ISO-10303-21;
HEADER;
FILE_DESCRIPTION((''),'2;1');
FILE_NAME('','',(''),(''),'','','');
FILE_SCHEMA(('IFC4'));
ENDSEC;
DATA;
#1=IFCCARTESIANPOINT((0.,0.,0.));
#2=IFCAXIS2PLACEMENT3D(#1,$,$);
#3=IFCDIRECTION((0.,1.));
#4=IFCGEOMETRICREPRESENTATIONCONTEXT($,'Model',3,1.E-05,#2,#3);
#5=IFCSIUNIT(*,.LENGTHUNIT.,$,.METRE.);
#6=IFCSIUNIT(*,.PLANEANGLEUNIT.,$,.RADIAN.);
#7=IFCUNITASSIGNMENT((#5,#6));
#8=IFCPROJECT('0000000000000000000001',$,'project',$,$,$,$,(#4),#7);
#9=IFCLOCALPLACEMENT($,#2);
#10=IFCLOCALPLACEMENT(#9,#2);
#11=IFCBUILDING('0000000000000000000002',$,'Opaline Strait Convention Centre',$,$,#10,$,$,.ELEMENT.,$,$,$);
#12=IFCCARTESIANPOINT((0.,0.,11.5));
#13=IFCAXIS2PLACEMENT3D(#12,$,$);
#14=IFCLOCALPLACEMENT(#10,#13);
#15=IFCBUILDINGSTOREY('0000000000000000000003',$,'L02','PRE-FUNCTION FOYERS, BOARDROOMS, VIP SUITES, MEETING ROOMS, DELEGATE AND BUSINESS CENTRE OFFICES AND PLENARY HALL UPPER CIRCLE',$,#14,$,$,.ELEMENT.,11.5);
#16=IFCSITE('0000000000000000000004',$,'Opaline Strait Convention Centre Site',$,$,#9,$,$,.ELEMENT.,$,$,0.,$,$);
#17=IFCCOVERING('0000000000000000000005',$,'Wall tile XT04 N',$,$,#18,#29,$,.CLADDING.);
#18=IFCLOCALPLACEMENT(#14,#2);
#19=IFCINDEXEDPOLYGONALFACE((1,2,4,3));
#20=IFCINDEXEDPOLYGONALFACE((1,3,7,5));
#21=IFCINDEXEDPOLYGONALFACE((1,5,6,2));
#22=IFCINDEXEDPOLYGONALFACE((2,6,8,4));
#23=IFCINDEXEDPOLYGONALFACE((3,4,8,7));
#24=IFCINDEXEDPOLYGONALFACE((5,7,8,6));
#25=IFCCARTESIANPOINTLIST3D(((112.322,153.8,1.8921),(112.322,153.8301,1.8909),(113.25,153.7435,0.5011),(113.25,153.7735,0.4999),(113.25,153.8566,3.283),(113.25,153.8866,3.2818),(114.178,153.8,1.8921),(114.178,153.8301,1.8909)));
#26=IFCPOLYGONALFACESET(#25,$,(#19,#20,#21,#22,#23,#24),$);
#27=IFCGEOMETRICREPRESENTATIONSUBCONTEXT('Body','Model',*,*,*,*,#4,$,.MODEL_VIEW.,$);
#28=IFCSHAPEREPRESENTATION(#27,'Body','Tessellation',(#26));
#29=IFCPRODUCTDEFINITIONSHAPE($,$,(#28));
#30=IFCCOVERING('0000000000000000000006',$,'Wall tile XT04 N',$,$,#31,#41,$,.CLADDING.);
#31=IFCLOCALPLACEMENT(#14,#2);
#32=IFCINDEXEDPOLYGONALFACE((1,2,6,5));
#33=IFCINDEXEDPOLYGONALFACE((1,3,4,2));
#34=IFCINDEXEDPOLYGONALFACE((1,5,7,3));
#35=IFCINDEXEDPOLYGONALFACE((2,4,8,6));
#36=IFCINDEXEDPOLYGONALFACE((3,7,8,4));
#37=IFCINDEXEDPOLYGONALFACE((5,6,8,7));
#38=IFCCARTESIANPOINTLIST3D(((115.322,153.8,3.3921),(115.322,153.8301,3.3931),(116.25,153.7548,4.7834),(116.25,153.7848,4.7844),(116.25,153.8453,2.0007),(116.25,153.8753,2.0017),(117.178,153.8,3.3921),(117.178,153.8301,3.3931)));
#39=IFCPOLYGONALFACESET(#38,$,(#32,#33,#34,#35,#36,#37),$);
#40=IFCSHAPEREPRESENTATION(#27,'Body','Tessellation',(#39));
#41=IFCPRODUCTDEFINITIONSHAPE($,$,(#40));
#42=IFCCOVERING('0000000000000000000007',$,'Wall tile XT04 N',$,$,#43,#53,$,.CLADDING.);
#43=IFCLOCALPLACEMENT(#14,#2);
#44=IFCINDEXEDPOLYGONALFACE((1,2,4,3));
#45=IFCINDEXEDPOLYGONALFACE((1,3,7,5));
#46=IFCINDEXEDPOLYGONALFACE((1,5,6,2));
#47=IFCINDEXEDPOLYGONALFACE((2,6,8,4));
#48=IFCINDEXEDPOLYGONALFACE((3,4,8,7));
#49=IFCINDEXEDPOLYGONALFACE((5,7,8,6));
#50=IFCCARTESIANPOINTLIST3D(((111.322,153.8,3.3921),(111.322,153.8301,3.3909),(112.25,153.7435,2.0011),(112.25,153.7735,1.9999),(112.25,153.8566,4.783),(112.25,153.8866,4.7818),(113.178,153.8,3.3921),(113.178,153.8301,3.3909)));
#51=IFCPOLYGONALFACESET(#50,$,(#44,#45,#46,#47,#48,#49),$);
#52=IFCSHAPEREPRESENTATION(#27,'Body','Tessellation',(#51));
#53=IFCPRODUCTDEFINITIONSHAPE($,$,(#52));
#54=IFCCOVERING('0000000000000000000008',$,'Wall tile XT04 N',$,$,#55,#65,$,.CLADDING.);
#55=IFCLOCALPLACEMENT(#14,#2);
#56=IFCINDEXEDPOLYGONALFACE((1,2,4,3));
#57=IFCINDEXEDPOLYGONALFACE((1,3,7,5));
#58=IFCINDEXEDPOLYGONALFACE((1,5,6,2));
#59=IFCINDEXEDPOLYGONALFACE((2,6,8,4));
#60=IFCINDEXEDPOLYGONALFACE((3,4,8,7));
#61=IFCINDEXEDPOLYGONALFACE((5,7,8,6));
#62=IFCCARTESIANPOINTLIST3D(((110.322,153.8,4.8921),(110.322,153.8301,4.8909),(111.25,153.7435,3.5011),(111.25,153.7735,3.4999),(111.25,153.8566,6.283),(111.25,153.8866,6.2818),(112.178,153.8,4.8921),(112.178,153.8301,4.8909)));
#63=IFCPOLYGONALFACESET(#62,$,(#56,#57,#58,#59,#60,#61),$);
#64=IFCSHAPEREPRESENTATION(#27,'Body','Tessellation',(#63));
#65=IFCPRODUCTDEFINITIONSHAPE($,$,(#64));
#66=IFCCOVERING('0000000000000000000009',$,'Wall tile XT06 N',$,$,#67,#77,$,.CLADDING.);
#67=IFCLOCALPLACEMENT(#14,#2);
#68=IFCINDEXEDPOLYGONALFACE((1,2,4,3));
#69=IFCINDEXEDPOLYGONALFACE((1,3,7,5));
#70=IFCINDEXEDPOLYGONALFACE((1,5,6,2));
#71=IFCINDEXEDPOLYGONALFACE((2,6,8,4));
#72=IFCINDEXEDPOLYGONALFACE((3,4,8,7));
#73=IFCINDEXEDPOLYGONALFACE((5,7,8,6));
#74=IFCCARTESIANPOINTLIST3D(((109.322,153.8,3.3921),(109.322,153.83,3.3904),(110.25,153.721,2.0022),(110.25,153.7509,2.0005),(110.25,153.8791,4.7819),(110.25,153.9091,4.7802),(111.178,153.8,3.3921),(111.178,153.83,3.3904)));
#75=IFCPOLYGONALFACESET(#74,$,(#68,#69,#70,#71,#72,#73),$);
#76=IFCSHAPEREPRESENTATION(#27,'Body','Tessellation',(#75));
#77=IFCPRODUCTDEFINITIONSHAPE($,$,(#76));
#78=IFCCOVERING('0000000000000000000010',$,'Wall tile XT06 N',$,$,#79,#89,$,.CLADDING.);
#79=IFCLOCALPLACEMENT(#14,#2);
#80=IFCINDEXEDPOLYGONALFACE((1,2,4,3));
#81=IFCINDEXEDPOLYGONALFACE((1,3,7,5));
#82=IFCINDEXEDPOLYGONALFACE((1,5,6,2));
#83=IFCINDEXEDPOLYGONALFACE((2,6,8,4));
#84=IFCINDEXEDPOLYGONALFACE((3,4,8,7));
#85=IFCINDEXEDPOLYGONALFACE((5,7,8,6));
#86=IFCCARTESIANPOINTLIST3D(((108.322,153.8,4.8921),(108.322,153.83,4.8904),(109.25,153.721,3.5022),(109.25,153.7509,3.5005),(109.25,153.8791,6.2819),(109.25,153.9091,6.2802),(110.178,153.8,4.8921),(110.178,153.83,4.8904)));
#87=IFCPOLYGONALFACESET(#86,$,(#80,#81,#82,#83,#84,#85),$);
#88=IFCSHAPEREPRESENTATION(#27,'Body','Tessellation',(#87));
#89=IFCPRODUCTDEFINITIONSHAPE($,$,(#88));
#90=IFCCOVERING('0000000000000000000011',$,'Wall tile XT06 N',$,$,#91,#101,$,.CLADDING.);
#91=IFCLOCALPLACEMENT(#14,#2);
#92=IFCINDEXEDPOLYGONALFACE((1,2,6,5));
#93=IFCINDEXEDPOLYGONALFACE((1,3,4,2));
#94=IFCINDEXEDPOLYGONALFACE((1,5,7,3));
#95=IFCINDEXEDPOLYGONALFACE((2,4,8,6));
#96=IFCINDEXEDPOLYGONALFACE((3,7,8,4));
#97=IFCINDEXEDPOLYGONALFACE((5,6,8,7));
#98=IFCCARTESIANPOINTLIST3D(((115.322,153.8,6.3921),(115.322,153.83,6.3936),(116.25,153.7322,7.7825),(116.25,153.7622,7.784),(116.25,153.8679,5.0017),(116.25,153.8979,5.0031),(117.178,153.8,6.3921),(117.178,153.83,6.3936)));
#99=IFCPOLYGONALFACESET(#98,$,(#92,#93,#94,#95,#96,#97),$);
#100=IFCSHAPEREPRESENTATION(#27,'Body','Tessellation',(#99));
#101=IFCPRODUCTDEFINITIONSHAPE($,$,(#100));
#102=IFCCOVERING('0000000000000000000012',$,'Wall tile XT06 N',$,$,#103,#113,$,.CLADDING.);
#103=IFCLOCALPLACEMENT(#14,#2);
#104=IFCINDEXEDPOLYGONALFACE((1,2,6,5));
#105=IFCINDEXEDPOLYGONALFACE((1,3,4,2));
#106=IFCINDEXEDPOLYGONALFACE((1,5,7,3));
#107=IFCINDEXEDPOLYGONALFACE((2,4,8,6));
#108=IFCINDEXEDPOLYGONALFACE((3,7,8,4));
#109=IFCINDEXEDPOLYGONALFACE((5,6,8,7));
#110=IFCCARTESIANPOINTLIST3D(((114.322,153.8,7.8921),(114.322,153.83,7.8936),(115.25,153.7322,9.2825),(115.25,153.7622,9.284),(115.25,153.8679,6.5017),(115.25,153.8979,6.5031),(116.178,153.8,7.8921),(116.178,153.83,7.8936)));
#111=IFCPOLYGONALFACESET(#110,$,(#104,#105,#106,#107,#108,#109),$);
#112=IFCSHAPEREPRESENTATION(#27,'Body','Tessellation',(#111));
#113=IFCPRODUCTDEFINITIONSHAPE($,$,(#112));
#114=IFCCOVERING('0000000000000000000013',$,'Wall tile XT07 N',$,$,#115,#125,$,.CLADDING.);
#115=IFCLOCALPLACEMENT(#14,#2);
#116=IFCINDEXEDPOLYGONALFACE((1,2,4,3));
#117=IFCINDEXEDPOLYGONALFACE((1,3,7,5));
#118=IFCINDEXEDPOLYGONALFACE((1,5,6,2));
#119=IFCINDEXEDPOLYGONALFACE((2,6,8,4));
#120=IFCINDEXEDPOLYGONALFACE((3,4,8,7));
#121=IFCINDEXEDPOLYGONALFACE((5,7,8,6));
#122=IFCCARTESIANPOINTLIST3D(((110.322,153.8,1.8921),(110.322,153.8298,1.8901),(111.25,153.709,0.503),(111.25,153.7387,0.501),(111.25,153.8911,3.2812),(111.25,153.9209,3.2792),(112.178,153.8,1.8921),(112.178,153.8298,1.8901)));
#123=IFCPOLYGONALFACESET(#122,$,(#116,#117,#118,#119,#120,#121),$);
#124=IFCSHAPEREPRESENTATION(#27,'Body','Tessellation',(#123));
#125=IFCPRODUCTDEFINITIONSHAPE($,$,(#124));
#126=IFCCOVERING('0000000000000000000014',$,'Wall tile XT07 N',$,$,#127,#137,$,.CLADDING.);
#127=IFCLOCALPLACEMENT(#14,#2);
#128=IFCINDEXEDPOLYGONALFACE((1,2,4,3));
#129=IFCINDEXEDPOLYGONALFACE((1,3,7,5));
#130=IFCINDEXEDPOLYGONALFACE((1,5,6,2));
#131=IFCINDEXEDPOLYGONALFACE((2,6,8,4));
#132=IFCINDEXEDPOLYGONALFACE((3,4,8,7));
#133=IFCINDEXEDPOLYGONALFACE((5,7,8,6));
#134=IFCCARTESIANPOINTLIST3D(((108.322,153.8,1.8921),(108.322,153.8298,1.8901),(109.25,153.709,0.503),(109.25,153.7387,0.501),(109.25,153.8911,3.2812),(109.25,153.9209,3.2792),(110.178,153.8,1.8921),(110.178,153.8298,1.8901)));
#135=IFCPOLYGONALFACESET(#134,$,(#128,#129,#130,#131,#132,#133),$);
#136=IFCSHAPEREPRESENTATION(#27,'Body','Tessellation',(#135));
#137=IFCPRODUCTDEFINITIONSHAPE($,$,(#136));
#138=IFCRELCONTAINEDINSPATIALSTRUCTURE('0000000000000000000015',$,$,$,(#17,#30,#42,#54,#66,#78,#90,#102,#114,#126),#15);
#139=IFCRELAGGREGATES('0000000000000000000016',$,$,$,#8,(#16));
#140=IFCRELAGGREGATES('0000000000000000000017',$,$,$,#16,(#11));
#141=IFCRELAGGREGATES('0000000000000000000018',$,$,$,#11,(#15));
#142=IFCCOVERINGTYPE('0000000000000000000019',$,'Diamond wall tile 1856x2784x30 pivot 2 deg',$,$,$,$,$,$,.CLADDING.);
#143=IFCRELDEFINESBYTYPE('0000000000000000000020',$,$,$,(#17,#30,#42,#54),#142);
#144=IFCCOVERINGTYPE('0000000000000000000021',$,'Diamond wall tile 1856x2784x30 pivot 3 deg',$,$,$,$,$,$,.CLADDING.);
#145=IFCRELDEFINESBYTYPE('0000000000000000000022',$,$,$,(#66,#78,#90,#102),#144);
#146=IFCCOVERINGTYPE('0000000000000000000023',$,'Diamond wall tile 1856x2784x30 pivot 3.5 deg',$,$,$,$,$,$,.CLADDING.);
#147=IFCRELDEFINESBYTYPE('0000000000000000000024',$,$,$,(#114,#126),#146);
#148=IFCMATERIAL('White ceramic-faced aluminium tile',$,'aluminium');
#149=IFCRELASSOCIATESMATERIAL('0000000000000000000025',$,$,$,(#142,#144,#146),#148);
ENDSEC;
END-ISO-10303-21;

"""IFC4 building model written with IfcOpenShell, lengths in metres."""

from ifc_helpers import new_model, si_unit, direction, frame, origin, place, context, subcontext, project, spatial, polyline, outline, extrude, material, material_profile, profile_set, type_object, element, save


model = new_model("IFC4")

# Units and contexts
model_context = context("Model", 3, precision=1e-05, world=origin(), true_north=direction((0.0, 1.0)))
body_context = subcontext(model_context, "Body", "Model", "MODEL_VIEW")
ifc_project = project(units=[si_unit("LENGTHUNIT", "METRE"), si_unit("PLANEANGLEUNIT", "RADIAN")], contexts=[model_context])

# Site, building, storey
site_placement = place(None, origin())
site = spatial("IfcSite", under=ifc_project, at=site_placement, Name="Opaline Strait Convention Centre Site", CompositionType="ELEMENT", RefElevation=0.0)
building_placement = place(site_placement, origin())
building = spatial("IfcBuilding", under=site, at=building_placement, Name="Opaline Strait Convention Centre", CompositionType="ELEMENT")
storey_placement = place(building_placement, frame((0.0, 0.0, 11.5)))
storey = spatial("IfcBuildingStorey", under=building, at=storey_placement, Name="L02", Description="PRE-FUNCTION FOYERS, BOARDROOMS, VIP SUITES, MEETING ROOMS, DELEGATE AND BUSINESS CENTRE OFFICES AND PLENARY HALL UPPER CIRCLE", CompositionType="ELEMENT", Elevation=11.5)

# Coverings
ifc_material_1 = material(Name="White ceramic-faced aluminium tile", Category="aluminium")
ifc_material_profile_1 = material_profile(ifc_material_1, outline(polyline([(0.928, 0.0), (0.0, 1.3921), (-0.928, 0.0), (0.0, -1.3921), (0.928, 0.0)])), Name="Diamond tile 1856x2784")
ifc_profile_set_1 = profile_set([ifc_material_profile_1], Name="White ceramic-faced aluminium tile")
covering_type_1 = type_object("IfcCoveringType", Name="Diamond wall tile 1856x2784x30 pivot 2 deg", PredefinedType="CLADDING", material=ifc_profile_set_1)
for number, where, z_axis, x_axis, name in (
    (1, (113.25, 153.8, 1.8921), (0.0, 0.999175, -0.040617), (-1.0, 0.0, 0.0), "Wall tile XT04 N"),
    (2, (116.25, 153.8, 3.3921), (0.0, 0.999472, 0.032503), (-1.0, 0.0, 0.0), "Wall tile XT04 N"),
    (3, (112.25, 153.8, 3.3921), (0.0, 0.999175, -0.040617), (-1.0, 0.0, 0.0), "Wall tile XT04 N"),
    (4, (111.25, 153.8, 4.8921), (0.0, 0.999175, -0.040617), (-1.0, 0.0, 0.0), "Wall tile XT04 N"),
):
    element("IfcCovering", number, at=place(storey_placement, frame(where, z_axis=z_axis, x_axis=x_axis)), inside=storey, type_object=covering_type_1, Name=name, PredefinedType="CLADDING", context=body_context, shape_type="SweptSolid", body=[
        extrude(outline(polyline([(0.928, 0.0), (0.0, 1.3921), (-0.928, 0.0), (0.0, -1.3921), (0.928, 0.0)])), origin(), (0.0, 0.0, 1.0), 0.03),
    ])
ifc_material_profile_2 = material_profile(ifc_material_1, outline(polyline([(0.928, 0.0), (0.0, 1.3921), (-0.928, 0.0), (0.0, -1.3921), (0.928, 0.0)])), Name="Diamond tile 1856x2784")
ifc_profile_set_2 = profile_set([ifc_material_profile_2], Name="White ceramic-faced aluminium tile")
covering_type_2 = type_object("IfcCoveringType", Name="Diamond wall tile 1856x2784x30 pivot 3 deg", PredefinedType="CLADDING", material=ifc_profile_set_2)
for number, where, z_axis, x_axis, name in (
    (5, (110.25, 153.8, 3.3921), (0.0, 0.998385, -0.056819), (-1.0, 0.0, 0.0), "Wall tile XT06 N"),
    (6, (109.25, 153.8, 4.8921), (0.0, 0.998385, -0.056819), (-1.0, 0.0, 0.0), "Wall tile XT06 N"),
    (7, (116.25, 153.8, 6.3921), (0.0, 0.998812, 0.048723), (-1.0, 0.0, 0.0), "Wall tile XT06 N"),
    (8, (115.25, 153.8, 7.8921), (0.0, 0.998812, 0.048723), (-1.0, 0.0, 0.0), "Wall tile XT06 N"),
):
    element("IfcCovering", number, at=place(storey_placement, frame(where, z_axis=z_axis, x_axis=x_axis)), inside=storey, type_object=covering_type_2, Name=name, PredefinedType="CLADDING", context=body_context, shape_type="SweptSolid", body=[
        extrude(outline(polyline([(0.928, 0.0), (0.0, 1.3921), (-0.928, 0.0), (0.0, -1.3921), (0.928, 0.0)])), origin(), (0.0, 0.0, 1.0), 0.03),
    ])
ifc_material_profile_3 = material_profile(ifc_material_1, outline(polyline([(0.928, 0.0), (0.0, 1.3921), (-0.928, 0.0), (0.0, -1.3921), (0.928, 0.0)])), Name="Diamond tile 1856x2784")
ifc_profile_set_3 = profile_set([ifc_material_profile_3], Name="White ceramic-faced aluminium tile")
covering_type_3 = type_object("IfcCoveringType", Name="Diamond wall tile 1856x2784x30 pivot 3.5 deg", PredefinedType="CLADDING", material=ifc_profile_set_3)
for number, where, z_axis, x_axis, name in (
    (9, (111.25, 153.8, 1.8921), (0.0, 0.997857, -0.065433), (-1.0, 0.0, 0.0), "Wall tile XT07 N"),
    (10, (109.25, 153.8, 1.8921), (0.0, 0.997857, -0.065433), (-1.0, 0.0, 0.0), "Wall tile XT07 N"),
):
    element("IfcCovering", number, at=place(storey_placement, frame(where, z_axis=z_axis, x_axis=x_axis)), inside=storey, type_object=covering_type_3, Name=name, PredefinedType="CLADDING", context=body_context, shape_type="SweptSolid", body=[
        extrude(outline(polyline([(0.928, 0.0), (0.0, 1.3921), (-0.928, 0.0), (0.0, -1.3921), (0.928, 0.0)])), origin(), (0.0, 0.0, 1.0), 0.0298),
    ])

save(model, "model.ifc")
